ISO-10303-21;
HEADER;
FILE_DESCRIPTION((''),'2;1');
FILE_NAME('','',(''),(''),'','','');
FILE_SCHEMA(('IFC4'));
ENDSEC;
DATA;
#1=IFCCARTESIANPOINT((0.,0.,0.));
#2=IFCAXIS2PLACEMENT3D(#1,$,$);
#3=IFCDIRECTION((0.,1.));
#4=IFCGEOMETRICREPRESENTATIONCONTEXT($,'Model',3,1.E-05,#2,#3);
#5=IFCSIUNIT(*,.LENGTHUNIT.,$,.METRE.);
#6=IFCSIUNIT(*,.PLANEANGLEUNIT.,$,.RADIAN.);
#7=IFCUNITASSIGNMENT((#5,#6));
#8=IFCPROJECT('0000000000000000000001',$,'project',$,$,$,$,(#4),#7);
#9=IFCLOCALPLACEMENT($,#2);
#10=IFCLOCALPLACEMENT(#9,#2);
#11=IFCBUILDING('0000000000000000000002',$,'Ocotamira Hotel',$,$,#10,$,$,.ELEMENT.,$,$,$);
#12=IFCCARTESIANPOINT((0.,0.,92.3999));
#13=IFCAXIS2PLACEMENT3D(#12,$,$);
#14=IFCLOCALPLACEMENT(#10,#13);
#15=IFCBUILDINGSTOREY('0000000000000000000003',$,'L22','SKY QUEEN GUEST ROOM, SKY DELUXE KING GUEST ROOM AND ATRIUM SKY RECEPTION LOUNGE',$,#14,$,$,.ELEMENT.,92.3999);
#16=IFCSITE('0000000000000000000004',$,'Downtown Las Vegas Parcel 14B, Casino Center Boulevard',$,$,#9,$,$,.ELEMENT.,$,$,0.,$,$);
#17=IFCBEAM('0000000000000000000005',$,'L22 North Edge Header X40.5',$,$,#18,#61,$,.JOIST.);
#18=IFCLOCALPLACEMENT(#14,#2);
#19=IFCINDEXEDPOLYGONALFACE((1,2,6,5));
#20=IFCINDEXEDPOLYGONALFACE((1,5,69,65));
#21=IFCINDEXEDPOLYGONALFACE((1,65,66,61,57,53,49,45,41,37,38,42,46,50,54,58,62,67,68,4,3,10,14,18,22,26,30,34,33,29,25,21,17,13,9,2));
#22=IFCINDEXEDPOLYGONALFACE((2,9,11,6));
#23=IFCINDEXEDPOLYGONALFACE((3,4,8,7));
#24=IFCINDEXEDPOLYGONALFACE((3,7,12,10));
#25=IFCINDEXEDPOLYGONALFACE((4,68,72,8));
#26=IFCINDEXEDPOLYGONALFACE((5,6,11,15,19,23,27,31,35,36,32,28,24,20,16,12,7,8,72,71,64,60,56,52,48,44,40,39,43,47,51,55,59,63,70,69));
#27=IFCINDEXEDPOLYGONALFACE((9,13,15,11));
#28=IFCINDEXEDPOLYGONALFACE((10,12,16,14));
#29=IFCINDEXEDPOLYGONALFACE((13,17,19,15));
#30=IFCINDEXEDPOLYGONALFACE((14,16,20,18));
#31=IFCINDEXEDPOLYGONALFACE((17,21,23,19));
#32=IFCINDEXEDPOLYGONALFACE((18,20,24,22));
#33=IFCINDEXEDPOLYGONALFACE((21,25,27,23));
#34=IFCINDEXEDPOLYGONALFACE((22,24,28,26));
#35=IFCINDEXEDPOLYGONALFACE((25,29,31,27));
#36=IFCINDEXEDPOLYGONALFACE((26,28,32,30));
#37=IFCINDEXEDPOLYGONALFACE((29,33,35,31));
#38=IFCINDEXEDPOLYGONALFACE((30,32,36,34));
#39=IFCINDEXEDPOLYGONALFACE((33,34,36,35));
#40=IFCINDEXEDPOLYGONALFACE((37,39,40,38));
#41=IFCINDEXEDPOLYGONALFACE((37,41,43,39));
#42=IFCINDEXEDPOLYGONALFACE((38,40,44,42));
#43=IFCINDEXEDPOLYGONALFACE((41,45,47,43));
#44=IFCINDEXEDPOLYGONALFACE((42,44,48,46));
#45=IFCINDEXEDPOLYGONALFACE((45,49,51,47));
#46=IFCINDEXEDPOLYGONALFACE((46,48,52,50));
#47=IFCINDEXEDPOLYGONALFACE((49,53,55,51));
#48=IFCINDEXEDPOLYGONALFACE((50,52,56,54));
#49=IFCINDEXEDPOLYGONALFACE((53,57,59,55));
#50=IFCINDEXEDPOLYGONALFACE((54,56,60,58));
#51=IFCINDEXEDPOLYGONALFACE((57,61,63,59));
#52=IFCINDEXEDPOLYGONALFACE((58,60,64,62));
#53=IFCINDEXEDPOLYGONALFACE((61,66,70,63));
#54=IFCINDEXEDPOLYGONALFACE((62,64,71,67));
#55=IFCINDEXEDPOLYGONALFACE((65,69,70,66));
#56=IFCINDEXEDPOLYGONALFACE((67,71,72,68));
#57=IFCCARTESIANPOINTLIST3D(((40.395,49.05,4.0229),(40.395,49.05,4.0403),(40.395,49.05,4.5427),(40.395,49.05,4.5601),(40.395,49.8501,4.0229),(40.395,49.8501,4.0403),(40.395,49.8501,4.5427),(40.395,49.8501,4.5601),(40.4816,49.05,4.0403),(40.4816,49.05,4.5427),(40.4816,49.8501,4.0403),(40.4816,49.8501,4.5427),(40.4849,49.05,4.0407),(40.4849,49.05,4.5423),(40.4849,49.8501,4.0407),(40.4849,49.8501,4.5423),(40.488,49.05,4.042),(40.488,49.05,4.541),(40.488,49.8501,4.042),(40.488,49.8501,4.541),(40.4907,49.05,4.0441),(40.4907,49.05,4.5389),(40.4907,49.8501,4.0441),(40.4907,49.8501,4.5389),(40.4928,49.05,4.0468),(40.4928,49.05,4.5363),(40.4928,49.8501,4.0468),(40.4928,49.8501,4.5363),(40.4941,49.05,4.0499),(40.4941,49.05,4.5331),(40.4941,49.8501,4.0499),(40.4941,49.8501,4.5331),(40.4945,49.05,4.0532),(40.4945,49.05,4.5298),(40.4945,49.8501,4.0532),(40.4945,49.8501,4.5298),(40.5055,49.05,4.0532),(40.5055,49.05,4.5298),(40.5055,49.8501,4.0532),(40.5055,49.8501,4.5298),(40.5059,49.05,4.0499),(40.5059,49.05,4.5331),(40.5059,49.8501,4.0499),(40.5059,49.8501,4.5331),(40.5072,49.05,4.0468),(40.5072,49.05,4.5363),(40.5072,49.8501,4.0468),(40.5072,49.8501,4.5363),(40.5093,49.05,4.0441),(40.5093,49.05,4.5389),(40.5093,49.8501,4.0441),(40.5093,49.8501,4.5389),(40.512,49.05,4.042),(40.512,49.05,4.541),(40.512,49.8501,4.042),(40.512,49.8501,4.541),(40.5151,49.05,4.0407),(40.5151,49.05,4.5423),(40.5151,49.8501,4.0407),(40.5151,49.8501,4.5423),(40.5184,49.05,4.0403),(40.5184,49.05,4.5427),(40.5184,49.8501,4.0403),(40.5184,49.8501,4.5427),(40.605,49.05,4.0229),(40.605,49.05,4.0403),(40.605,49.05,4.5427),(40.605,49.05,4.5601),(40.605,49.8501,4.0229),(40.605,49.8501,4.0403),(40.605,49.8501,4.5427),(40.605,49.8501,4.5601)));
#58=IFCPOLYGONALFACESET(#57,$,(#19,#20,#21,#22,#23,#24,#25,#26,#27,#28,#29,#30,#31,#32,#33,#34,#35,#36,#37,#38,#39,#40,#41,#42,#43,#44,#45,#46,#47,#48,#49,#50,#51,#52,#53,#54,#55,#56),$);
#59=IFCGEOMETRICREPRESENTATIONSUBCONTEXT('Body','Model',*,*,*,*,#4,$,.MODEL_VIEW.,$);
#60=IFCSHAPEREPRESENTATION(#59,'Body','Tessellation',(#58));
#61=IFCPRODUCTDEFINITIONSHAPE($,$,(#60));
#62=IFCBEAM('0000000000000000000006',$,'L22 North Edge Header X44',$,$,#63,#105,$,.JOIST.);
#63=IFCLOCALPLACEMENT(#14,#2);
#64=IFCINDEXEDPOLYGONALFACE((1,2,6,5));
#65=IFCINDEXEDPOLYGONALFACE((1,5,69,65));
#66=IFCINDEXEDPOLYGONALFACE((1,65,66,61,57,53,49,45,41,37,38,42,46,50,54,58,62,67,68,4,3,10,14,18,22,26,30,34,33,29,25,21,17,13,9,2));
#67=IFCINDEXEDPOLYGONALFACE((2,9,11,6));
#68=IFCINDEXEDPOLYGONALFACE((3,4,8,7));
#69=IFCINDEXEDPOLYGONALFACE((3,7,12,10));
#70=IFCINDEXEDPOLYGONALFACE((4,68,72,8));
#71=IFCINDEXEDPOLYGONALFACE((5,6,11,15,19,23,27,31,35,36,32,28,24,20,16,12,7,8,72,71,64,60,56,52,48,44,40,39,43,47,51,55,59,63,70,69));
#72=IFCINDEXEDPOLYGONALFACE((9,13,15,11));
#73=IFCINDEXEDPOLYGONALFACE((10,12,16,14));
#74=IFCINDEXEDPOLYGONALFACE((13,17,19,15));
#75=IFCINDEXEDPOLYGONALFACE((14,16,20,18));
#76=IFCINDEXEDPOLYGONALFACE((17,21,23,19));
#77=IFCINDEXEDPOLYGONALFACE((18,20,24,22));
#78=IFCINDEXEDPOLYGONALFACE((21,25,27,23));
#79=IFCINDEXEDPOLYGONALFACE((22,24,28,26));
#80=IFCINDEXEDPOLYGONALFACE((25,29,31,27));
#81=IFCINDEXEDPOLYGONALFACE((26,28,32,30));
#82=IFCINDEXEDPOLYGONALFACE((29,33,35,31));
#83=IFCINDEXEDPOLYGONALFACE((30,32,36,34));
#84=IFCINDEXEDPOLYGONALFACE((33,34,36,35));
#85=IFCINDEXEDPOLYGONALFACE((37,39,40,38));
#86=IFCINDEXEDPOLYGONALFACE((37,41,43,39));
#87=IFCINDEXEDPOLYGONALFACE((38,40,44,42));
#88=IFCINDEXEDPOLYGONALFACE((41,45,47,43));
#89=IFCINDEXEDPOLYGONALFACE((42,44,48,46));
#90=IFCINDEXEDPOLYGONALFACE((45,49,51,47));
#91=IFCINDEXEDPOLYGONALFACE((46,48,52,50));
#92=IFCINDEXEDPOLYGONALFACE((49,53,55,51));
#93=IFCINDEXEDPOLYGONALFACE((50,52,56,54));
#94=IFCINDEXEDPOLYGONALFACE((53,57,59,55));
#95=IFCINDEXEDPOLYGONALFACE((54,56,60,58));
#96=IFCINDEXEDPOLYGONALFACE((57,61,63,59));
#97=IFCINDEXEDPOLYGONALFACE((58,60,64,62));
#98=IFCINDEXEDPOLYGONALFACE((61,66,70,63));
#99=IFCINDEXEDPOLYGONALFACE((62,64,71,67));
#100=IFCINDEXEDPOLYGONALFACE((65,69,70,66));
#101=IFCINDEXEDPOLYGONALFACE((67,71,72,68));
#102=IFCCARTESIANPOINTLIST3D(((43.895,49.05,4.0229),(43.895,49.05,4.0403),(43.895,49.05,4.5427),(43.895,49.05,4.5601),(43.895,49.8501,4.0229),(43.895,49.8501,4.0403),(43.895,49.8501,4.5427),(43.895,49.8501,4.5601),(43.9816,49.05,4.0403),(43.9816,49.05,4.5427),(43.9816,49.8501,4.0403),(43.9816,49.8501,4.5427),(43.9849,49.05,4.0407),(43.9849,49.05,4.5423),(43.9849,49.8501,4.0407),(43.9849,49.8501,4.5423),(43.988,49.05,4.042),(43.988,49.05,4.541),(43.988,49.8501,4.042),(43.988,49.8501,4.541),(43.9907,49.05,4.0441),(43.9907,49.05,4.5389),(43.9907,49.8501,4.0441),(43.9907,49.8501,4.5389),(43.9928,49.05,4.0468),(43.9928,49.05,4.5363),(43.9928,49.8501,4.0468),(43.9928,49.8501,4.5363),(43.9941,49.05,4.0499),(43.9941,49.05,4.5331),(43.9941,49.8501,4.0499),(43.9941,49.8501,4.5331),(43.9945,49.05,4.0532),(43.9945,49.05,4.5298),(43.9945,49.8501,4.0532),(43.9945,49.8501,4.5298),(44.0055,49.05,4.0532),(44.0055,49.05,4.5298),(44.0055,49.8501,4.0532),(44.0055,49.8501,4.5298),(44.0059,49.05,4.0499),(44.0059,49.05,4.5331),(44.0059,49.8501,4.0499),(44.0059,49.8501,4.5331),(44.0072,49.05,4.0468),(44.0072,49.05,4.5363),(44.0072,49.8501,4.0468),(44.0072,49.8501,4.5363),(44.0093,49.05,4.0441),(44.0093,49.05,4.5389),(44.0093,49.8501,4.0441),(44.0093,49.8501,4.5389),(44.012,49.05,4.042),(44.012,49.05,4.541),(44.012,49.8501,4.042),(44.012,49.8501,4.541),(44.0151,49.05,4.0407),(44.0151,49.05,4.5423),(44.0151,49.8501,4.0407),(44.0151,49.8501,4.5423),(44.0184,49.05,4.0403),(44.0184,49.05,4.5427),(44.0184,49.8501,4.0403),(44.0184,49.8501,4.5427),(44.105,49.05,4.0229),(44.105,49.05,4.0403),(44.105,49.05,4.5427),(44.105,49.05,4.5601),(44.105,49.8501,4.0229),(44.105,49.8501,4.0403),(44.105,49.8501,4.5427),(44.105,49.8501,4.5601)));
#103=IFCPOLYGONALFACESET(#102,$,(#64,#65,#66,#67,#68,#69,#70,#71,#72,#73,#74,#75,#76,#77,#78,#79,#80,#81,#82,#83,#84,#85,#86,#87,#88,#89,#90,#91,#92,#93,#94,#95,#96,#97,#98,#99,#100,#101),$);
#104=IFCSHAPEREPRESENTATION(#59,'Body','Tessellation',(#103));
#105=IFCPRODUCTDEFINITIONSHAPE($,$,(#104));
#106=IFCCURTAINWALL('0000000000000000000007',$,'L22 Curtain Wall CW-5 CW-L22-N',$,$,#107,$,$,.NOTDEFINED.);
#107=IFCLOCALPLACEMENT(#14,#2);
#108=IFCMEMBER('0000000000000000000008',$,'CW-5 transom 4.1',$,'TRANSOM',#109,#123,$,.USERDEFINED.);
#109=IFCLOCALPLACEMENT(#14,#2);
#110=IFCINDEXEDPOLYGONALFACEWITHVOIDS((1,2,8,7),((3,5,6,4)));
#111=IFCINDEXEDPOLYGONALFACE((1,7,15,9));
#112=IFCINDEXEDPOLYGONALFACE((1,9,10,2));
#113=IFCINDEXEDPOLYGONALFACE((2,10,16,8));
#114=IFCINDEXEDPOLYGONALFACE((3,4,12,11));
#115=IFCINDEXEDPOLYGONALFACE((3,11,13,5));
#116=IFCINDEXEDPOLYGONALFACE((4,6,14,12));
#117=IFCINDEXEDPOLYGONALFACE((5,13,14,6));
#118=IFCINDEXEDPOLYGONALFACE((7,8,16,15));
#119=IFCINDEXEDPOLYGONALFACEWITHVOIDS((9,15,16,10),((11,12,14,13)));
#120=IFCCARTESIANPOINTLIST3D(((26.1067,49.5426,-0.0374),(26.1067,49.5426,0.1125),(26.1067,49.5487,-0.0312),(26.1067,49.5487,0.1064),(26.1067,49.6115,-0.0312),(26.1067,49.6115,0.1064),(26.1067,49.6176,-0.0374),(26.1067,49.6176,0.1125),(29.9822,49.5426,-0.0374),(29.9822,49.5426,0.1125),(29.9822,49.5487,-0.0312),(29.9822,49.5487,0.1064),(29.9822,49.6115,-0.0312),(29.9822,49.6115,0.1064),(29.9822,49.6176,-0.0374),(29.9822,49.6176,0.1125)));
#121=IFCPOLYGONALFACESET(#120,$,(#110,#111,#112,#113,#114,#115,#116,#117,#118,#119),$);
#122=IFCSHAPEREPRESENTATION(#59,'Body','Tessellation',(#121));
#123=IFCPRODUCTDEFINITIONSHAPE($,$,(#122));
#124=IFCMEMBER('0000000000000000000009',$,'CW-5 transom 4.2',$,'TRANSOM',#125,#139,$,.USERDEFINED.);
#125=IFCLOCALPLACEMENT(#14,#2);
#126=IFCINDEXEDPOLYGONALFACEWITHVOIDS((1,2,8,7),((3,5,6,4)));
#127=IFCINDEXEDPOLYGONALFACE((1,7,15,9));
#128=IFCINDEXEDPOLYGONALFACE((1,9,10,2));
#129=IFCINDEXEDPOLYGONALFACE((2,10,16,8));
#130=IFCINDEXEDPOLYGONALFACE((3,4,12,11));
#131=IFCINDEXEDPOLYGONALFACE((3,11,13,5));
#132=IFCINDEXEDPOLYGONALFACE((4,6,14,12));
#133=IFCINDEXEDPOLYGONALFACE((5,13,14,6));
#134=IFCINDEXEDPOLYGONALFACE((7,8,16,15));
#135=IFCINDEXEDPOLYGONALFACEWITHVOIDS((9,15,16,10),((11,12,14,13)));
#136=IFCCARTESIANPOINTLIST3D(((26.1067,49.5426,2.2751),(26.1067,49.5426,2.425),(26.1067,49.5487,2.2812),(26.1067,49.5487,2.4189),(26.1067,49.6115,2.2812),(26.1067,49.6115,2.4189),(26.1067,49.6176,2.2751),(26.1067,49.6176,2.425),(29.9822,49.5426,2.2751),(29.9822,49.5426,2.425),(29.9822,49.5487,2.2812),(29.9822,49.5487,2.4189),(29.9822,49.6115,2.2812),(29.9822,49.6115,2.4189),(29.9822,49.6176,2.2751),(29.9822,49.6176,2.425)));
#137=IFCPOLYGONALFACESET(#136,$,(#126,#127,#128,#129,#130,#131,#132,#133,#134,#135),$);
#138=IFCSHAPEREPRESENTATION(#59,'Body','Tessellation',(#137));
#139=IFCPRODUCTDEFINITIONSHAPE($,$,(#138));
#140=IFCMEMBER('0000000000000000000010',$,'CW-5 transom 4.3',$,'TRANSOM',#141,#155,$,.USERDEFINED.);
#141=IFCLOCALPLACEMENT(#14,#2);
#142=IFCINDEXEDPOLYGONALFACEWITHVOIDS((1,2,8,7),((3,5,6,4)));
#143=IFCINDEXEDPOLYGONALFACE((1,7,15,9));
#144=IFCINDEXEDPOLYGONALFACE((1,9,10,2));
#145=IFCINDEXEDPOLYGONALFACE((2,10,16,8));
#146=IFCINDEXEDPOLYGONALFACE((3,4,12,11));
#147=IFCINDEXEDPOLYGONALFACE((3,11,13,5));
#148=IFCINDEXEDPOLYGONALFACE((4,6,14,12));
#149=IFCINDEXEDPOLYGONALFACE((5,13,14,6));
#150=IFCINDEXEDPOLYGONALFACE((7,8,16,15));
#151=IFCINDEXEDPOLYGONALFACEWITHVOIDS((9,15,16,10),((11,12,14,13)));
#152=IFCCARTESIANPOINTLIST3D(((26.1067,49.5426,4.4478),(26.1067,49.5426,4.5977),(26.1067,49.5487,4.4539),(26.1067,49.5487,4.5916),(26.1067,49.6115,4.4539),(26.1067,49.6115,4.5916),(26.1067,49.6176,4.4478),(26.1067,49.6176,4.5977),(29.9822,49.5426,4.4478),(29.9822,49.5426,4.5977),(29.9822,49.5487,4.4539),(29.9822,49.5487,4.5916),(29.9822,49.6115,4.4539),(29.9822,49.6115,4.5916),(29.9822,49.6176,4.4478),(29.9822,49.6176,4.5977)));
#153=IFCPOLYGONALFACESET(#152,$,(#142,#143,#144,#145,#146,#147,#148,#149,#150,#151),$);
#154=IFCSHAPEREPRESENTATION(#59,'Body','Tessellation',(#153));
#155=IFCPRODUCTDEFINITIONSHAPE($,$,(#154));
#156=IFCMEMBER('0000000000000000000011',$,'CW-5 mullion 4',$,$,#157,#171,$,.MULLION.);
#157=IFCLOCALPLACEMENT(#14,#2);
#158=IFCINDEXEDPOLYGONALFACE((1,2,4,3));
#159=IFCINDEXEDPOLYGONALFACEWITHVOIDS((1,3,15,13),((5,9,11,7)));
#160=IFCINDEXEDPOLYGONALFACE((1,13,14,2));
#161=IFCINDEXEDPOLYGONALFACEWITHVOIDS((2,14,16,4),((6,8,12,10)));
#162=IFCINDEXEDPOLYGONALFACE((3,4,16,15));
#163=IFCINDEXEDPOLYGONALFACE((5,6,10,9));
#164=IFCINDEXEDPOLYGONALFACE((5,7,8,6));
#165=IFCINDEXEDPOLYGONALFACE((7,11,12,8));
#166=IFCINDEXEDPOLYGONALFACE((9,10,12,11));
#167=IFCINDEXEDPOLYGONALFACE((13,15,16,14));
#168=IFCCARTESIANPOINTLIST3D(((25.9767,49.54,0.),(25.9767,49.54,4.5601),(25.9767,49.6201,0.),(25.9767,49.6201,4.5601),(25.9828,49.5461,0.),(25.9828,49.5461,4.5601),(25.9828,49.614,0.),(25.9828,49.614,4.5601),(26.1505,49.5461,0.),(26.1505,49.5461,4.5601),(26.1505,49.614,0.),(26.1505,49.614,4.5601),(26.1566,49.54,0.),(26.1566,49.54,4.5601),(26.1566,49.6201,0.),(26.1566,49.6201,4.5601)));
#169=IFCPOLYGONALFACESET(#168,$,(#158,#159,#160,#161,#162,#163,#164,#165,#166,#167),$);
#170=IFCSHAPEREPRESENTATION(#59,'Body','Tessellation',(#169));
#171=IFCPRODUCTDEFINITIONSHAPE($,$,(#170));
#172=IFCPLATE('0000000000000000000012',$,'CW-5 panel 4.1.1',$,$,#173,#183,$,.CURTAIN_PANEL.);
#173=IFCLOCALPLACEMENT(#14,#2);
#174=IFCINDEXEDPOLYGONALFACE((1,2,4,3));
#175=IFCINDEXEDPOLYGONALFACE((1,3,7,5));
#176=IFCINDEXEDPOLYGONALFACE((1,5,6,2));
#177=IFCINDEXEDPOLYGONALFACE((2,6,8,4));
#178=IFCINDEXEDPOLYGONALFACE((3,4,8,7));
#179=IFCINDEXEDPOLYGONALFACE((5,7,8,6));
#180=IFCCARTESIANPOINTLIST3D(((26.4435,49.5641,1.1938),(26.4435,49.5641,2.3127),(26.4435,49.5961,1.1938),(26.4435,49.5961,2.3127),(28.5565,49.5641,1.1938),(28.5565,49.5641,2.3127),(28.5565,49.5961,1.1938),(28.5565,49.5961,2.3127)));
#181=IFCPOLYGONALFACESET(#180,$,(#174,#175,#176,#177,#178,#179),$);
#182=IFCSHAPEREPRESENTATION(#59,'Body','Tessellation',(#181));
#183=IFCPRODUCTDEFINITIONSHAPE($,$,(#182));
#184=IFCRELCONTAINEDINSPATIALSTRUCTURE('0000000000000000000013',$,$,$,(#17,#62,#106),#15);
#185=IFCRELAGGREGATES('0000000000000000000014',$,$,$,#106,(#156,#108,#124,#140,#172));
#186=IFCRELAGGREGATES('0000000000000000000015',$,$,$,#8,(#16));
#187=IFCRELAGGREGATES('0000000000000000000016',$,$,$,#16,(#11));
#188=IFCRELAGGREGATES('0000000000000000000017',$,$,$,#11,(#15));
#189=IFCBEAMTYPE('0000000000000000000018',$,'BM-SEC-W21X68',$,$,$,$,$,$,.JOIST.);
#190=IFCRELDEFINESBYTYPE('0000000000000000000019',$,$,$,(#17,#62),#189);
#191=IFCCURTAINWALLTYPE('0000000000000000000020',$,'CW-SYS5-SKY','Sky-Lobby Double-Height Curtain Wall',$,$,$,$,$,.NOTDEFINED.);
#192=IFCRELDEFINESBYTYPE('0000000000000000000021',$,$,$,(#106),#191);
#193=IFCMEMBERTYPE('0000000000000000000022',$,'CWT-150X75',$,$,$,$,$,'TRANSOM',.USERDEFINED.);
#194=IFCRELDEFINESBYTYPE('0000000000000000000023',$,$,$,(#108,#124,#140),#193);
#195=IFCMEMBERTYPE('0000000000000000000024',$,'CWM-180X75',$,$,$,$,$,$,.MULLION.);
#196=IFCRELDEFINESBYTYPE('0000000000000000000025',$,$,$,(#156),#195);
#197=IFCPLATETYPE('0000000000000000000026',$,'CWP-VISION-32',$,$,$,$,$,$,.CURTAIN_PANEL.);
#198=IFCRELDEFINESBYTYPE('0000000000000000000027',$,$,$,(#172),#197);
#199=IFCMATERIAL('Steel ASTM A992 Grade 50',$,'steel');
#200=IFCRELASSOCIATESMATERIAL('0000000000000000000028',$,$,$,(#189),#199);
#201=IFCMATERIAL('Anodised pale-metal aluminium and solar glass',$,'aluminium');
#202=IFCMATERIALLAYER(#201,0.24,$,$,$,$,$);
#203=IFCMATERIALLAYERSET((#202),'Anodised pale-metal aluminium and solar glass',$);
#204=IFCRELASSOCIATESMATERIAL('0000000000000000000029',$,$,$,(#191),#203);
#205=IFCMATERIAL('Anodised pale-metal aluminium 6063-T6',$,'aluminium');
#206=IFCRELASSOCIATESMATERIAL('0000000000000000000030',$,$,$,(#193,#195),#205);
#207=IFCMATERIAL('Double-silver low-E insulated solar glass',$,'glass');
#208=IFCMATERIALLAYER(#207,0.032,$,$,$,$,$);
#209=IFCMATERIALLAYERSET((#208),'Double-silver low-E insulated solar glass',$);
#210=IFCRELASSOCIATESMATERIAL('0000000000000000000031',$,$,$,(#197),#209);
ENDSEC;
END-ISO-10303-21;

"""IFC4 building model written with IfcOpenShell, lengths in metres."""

from ifc_helpers import new_model, si_unit, direction, frame, origin, origin_2d, place, context, subcontext, project, spatial, rectangle, hollow_rectangle, i_section, extrude, source, transform, mapped, material, layer, layer_set, material_profile, profile_set, type_object, element, aggregate, save


model = new_model("IFC4")

# Units and contexts
model_context = context("Model", 3, precision=1e-05, world=origin(), true_north=direction((0.0, 1.0)))
body_context = subcontext(model_context, "Body", "Model", "MODEL_VIEW")
ifc_project = project(units=[si_unit("LENGTHUNIT", "METRE"), si_unit("PLANEANGLEUNIT", "RADIAN")], contexts=[model_context])

# Site, building, storey
site_placement = place(None, origin())
site = spatial("IfcSite", under=ifc_project, at=site_placement, Name="Downtown Las Vegas Parcel 14B, Casino Center Boulevard", CompositionType="ELEMENT", RefElevation=0.0)
building_placement = place(site_placement, origin())
building = spatial("IfcBuilding", under=site, at=building_placement, Name="Ocotamira Hotel", CompositionType="ELEMENT")
storey_placement = place(building_placement, frame((0.0, 0.0, 92.3999)))
storey = spatial("IfcBuildingStorey", under=building, at=storey_placement, Name="L22", Description="SKY QUEEN GUEST ROOM, SKY DELUXE KING GUEST ROOM AND ATRIUM SKY RECEPTION LOUNGE", CompositionType="ELEMENT", Elevation=92.3999)

# Beams
ifc_material_1 = material(Name="Steel ASTM A992 Grade 50", Category="steel")
ifc_material_profile_1 = material_profile(ifc_material_1, i_section(OverallWidth=0.21, OverallDepth=0.5371, WebThickness=0.011, FlangeThickness=0.0173, FilletRadius=0.0129, at=origin_2d()), Name="W21X68")
ifc_profile_set_1 = profile_set([ifc_material_profile_1], Name="Steel ASTM A992 Grade 50")
beam_type_1 = type_object("IfcBeamType", Name="BM-SEC-W21X68", PredefinedType="JOIST", material=ifc_profile_set_1)
shared_shape_1 = source(origin(), body_context, "Body", "SweptSolid", [
    extrude(i_section(OverallWidth=0.21, OverallDepth=0.5371, WebThickness=0.011, FlangeThickness=0.0173, FilletRadius=0.0129, at=origin_2d()), origin(), (0.0, 0.0, 1.0), 0.8),
])
for number, where, z_axis, x_axis, name in (
    (1, (40.5, 49.05, 4.2915), (0.0, 1.0, 0.0), (-1.0, 0.0, 0.0), "L22 North Edge Header X40.5"),
    (2, (44.0, 49.05, 4.2915), (0.0, 1.0, 0.0), (-1.0, 0.0, 0.0), "L22 North Edge Header X44"),
):
    element("IfcBeam", number, at=place(storey_placement, frame(where, z_axis=z_axis, x_axis=x_axis)), inside=storey, type_object=beam_type_1, Name=name, PredefinedType="JOIST", context=body_context, shape_type="MappedRepresentation", body=[
        mapped(shared_shape_1, transform((0.0, 0.0, 0.0), scale=1.0)),
    ])

# Curtain wall, members, plate
ifc_material_2 = material(Name="Anodised pale-metal aluminium and solar glass", Category="aluminium")
ifc_layer_1 = layer(ifc_material_2, 0.24)
ifc_layer_set_1 = layer_set([ifc_layer_1], Name="Anodised pale-metal aluminium and solar glass")
curtain_wall_type = type_object("IfcCurtainWallType", Name="CW-SYS5-SKY", Description="Sky-Lobby Double-Height Curtain Wall", PredefinedType="NOTDEFINED", material=ifc_layer_set_1)
curtain_wall_placement = place(storey_placement, origin())
curtain_wall = element("IfcCurtainWall", 3, at=curtain_wall_placement, inside=storey, type_object=curtain_wall_type, Name="L22 Curtain Wall CW-5 CW-L22-N", PredefinedType="NOTDEFINED")
ifc_material_3 = material(Name="Anodised pale-metal aluminium 6063-T6", Category="aluminium")
ifc_material_profile_2 = material_profile(ifc_material_3, hollow_rectangle(XDim=0.075, YDim=0.1499, WallThickness=0.0061, at=origin_2d()), Name="HSS150X75X6")
ifc_profile_set_2 = profile_set([ifc_material_profile_2], Name="Anodised pale-metal aluminium 6063-T6")
member_type_1 = type_object("IfcMemberType", Name="CWT-150X75", ElementType="TRANSOM", PredefinedType="USERDEFINED", material=ifc_profile_set_2)
shared_shape_2 = source(origin(), body_context, "Body", "SweptSolid", [
    extrude(hollow_rectangle(XDim=0.075, YDim=0.1499, WallThickness=0.0061, at=origin_2d()), origin(), (0.0, 0.0, 1.0), 3.8755),
])
member_1_placement = place(storey_placement, frame((26.1067, 49.5801, 0.0376), z_axis=(1.0, 0.0, 0.0), x_axis=(0.0, 1.0, 0.0)))
member_1 = element("IfcMember", 4, at=member_1_placement, type_object=member_type_1, Name="CW-5 transom 4.1", ObjectType="TRANSOM", PredefinedType="USERDEFINED", context=body_context, shape_type="MappedRepresentation", body=[
    mapped(shared_shape_2, transform((0.0, 0.0, 0.0), scale=1.0)),
])
member_2_placement = place(storey_placement, frame((26.1067, 49.5801, 2.3501), z_axis=(1.0, 0.0, 0.0), x_axis=(0.0, 1.0, 0.0)))
member_2 = element("IfcMember", 5, at=member_2_placement, type_object=member_type_1, Name="CW-5 transom 4.2", ObjectType="TRANSOM", PredefinedType="USERDEFINED", context=body_context, shape_type="MappedRepresentation", body=[
    mapped(shared_shape_2, transform((0.0, 0.0, 0.0), scale=1.0)),
])
member_3_placement = place(storey_placement, frame((26.1067, 49.5801, 4.5227), z_axis=(1.0, 0.0, 0.0), x_axis=(0.0, 1.0, 0.0)))
member_3 = element("IfcMember", 6, at=member_3_placement, type_object=member_type_1, Name="CW-5 transom 4.3", ObjectType="TRANSOM", PredefinedType="USERDEFINED", context=body_context, shape_type="MappedRepresentation", body=[
    mapped(shared_shape_2, transform((0.0, 0.0, 0.0), scale=1.0)),
])
ifc_material_profile_3 = material_profile(ifc_material_3, hollow_rectangle(XDim=0.0801, YDim=0.1799, WallThickness=0.0061, at=origin_2d()), Name="HSS180X80X6")
ifc_profile_set_3 = profile_set([ifc_material_profile_3], Name="Anodised pale-metal aluminium 6063-T6")
member_type_2 = type_object("IfcMemberType", Name="CWM-180X75", PredefinedType="MULLION", material=ifc_profile_set_3)
shared_shape_3 = source(origin(), body_context, "Body", "SweptSolid", [
    extrude(hollow_rectangle(XDim=0.0801, YDim=0.1799, WallThickness=0.0061, at=origin_2d()), origin(), (0.0, 0.0, 1.0), 4.5601),
])
member_4_placement = place(storey_placement, frame((26.0667, 49.5801, 0.0), z_axis=(0.0, 0.0, 1.0), x_axis=(0.0, 1.0, 0.0)))
member_4 = element("IfcMember", 7, at=member_4_placement, type_object=member_type_2, Name="CW-5 mullion 4", PredefinedType="MULLION", context=body_context, shape_type="MappedRepresentation", body=[
    mapped(shared_shape_3, transform((0.0, 0.0, 0.0), scale=1.0)),
])
ifc_material_4 = material(Name="Double-silver low-E insulated solar glass", Category="glass")
ifc_layer_2 = layer(ifc_material_4, 0.032)
ifc_layer_set_2 = layer_set([ifc_layer_2], Name="Double-silver low-E insulated solar glass")
plate_type = type_object("IfcPlateType", Name="CWP-VISION-32", PredefinedType="CURTAIN_PANEL", material=ifc_layer_set_2)
shared_shape_4 = source(origin(), body_context, "Body", "SweptSolid", [
    extrude(rectangle(XDim=2.113, YDim=0.032, at=origin_2d()), origin(), (0.0, 0.0, 1.0), 1.1189),
])
plate_1_placement = place(storey_placement, frame((27.5, 49.5801, 1.1938), z_axis=(0.0, 0.0, 1.0), x_axis=(1.0, 0.0, 0.0)))
plate_1 = element("IfcPlate", 8, at=plate_1_placement, type_object=plate_type, Name="CW-5 panel 4.1.1", PredefinedType="CURTAIN_PANEL", context=body_context, shape_type="MappedRepresentation", body=[
    mapped(shared_shape_4, transform((0.0, 0.0, 0.0), scale=1.0)),
])
aggregate(curtain_wall, [member_4, member_1, member_2, member_3, plate_1])

save(model, "model.ifc")
